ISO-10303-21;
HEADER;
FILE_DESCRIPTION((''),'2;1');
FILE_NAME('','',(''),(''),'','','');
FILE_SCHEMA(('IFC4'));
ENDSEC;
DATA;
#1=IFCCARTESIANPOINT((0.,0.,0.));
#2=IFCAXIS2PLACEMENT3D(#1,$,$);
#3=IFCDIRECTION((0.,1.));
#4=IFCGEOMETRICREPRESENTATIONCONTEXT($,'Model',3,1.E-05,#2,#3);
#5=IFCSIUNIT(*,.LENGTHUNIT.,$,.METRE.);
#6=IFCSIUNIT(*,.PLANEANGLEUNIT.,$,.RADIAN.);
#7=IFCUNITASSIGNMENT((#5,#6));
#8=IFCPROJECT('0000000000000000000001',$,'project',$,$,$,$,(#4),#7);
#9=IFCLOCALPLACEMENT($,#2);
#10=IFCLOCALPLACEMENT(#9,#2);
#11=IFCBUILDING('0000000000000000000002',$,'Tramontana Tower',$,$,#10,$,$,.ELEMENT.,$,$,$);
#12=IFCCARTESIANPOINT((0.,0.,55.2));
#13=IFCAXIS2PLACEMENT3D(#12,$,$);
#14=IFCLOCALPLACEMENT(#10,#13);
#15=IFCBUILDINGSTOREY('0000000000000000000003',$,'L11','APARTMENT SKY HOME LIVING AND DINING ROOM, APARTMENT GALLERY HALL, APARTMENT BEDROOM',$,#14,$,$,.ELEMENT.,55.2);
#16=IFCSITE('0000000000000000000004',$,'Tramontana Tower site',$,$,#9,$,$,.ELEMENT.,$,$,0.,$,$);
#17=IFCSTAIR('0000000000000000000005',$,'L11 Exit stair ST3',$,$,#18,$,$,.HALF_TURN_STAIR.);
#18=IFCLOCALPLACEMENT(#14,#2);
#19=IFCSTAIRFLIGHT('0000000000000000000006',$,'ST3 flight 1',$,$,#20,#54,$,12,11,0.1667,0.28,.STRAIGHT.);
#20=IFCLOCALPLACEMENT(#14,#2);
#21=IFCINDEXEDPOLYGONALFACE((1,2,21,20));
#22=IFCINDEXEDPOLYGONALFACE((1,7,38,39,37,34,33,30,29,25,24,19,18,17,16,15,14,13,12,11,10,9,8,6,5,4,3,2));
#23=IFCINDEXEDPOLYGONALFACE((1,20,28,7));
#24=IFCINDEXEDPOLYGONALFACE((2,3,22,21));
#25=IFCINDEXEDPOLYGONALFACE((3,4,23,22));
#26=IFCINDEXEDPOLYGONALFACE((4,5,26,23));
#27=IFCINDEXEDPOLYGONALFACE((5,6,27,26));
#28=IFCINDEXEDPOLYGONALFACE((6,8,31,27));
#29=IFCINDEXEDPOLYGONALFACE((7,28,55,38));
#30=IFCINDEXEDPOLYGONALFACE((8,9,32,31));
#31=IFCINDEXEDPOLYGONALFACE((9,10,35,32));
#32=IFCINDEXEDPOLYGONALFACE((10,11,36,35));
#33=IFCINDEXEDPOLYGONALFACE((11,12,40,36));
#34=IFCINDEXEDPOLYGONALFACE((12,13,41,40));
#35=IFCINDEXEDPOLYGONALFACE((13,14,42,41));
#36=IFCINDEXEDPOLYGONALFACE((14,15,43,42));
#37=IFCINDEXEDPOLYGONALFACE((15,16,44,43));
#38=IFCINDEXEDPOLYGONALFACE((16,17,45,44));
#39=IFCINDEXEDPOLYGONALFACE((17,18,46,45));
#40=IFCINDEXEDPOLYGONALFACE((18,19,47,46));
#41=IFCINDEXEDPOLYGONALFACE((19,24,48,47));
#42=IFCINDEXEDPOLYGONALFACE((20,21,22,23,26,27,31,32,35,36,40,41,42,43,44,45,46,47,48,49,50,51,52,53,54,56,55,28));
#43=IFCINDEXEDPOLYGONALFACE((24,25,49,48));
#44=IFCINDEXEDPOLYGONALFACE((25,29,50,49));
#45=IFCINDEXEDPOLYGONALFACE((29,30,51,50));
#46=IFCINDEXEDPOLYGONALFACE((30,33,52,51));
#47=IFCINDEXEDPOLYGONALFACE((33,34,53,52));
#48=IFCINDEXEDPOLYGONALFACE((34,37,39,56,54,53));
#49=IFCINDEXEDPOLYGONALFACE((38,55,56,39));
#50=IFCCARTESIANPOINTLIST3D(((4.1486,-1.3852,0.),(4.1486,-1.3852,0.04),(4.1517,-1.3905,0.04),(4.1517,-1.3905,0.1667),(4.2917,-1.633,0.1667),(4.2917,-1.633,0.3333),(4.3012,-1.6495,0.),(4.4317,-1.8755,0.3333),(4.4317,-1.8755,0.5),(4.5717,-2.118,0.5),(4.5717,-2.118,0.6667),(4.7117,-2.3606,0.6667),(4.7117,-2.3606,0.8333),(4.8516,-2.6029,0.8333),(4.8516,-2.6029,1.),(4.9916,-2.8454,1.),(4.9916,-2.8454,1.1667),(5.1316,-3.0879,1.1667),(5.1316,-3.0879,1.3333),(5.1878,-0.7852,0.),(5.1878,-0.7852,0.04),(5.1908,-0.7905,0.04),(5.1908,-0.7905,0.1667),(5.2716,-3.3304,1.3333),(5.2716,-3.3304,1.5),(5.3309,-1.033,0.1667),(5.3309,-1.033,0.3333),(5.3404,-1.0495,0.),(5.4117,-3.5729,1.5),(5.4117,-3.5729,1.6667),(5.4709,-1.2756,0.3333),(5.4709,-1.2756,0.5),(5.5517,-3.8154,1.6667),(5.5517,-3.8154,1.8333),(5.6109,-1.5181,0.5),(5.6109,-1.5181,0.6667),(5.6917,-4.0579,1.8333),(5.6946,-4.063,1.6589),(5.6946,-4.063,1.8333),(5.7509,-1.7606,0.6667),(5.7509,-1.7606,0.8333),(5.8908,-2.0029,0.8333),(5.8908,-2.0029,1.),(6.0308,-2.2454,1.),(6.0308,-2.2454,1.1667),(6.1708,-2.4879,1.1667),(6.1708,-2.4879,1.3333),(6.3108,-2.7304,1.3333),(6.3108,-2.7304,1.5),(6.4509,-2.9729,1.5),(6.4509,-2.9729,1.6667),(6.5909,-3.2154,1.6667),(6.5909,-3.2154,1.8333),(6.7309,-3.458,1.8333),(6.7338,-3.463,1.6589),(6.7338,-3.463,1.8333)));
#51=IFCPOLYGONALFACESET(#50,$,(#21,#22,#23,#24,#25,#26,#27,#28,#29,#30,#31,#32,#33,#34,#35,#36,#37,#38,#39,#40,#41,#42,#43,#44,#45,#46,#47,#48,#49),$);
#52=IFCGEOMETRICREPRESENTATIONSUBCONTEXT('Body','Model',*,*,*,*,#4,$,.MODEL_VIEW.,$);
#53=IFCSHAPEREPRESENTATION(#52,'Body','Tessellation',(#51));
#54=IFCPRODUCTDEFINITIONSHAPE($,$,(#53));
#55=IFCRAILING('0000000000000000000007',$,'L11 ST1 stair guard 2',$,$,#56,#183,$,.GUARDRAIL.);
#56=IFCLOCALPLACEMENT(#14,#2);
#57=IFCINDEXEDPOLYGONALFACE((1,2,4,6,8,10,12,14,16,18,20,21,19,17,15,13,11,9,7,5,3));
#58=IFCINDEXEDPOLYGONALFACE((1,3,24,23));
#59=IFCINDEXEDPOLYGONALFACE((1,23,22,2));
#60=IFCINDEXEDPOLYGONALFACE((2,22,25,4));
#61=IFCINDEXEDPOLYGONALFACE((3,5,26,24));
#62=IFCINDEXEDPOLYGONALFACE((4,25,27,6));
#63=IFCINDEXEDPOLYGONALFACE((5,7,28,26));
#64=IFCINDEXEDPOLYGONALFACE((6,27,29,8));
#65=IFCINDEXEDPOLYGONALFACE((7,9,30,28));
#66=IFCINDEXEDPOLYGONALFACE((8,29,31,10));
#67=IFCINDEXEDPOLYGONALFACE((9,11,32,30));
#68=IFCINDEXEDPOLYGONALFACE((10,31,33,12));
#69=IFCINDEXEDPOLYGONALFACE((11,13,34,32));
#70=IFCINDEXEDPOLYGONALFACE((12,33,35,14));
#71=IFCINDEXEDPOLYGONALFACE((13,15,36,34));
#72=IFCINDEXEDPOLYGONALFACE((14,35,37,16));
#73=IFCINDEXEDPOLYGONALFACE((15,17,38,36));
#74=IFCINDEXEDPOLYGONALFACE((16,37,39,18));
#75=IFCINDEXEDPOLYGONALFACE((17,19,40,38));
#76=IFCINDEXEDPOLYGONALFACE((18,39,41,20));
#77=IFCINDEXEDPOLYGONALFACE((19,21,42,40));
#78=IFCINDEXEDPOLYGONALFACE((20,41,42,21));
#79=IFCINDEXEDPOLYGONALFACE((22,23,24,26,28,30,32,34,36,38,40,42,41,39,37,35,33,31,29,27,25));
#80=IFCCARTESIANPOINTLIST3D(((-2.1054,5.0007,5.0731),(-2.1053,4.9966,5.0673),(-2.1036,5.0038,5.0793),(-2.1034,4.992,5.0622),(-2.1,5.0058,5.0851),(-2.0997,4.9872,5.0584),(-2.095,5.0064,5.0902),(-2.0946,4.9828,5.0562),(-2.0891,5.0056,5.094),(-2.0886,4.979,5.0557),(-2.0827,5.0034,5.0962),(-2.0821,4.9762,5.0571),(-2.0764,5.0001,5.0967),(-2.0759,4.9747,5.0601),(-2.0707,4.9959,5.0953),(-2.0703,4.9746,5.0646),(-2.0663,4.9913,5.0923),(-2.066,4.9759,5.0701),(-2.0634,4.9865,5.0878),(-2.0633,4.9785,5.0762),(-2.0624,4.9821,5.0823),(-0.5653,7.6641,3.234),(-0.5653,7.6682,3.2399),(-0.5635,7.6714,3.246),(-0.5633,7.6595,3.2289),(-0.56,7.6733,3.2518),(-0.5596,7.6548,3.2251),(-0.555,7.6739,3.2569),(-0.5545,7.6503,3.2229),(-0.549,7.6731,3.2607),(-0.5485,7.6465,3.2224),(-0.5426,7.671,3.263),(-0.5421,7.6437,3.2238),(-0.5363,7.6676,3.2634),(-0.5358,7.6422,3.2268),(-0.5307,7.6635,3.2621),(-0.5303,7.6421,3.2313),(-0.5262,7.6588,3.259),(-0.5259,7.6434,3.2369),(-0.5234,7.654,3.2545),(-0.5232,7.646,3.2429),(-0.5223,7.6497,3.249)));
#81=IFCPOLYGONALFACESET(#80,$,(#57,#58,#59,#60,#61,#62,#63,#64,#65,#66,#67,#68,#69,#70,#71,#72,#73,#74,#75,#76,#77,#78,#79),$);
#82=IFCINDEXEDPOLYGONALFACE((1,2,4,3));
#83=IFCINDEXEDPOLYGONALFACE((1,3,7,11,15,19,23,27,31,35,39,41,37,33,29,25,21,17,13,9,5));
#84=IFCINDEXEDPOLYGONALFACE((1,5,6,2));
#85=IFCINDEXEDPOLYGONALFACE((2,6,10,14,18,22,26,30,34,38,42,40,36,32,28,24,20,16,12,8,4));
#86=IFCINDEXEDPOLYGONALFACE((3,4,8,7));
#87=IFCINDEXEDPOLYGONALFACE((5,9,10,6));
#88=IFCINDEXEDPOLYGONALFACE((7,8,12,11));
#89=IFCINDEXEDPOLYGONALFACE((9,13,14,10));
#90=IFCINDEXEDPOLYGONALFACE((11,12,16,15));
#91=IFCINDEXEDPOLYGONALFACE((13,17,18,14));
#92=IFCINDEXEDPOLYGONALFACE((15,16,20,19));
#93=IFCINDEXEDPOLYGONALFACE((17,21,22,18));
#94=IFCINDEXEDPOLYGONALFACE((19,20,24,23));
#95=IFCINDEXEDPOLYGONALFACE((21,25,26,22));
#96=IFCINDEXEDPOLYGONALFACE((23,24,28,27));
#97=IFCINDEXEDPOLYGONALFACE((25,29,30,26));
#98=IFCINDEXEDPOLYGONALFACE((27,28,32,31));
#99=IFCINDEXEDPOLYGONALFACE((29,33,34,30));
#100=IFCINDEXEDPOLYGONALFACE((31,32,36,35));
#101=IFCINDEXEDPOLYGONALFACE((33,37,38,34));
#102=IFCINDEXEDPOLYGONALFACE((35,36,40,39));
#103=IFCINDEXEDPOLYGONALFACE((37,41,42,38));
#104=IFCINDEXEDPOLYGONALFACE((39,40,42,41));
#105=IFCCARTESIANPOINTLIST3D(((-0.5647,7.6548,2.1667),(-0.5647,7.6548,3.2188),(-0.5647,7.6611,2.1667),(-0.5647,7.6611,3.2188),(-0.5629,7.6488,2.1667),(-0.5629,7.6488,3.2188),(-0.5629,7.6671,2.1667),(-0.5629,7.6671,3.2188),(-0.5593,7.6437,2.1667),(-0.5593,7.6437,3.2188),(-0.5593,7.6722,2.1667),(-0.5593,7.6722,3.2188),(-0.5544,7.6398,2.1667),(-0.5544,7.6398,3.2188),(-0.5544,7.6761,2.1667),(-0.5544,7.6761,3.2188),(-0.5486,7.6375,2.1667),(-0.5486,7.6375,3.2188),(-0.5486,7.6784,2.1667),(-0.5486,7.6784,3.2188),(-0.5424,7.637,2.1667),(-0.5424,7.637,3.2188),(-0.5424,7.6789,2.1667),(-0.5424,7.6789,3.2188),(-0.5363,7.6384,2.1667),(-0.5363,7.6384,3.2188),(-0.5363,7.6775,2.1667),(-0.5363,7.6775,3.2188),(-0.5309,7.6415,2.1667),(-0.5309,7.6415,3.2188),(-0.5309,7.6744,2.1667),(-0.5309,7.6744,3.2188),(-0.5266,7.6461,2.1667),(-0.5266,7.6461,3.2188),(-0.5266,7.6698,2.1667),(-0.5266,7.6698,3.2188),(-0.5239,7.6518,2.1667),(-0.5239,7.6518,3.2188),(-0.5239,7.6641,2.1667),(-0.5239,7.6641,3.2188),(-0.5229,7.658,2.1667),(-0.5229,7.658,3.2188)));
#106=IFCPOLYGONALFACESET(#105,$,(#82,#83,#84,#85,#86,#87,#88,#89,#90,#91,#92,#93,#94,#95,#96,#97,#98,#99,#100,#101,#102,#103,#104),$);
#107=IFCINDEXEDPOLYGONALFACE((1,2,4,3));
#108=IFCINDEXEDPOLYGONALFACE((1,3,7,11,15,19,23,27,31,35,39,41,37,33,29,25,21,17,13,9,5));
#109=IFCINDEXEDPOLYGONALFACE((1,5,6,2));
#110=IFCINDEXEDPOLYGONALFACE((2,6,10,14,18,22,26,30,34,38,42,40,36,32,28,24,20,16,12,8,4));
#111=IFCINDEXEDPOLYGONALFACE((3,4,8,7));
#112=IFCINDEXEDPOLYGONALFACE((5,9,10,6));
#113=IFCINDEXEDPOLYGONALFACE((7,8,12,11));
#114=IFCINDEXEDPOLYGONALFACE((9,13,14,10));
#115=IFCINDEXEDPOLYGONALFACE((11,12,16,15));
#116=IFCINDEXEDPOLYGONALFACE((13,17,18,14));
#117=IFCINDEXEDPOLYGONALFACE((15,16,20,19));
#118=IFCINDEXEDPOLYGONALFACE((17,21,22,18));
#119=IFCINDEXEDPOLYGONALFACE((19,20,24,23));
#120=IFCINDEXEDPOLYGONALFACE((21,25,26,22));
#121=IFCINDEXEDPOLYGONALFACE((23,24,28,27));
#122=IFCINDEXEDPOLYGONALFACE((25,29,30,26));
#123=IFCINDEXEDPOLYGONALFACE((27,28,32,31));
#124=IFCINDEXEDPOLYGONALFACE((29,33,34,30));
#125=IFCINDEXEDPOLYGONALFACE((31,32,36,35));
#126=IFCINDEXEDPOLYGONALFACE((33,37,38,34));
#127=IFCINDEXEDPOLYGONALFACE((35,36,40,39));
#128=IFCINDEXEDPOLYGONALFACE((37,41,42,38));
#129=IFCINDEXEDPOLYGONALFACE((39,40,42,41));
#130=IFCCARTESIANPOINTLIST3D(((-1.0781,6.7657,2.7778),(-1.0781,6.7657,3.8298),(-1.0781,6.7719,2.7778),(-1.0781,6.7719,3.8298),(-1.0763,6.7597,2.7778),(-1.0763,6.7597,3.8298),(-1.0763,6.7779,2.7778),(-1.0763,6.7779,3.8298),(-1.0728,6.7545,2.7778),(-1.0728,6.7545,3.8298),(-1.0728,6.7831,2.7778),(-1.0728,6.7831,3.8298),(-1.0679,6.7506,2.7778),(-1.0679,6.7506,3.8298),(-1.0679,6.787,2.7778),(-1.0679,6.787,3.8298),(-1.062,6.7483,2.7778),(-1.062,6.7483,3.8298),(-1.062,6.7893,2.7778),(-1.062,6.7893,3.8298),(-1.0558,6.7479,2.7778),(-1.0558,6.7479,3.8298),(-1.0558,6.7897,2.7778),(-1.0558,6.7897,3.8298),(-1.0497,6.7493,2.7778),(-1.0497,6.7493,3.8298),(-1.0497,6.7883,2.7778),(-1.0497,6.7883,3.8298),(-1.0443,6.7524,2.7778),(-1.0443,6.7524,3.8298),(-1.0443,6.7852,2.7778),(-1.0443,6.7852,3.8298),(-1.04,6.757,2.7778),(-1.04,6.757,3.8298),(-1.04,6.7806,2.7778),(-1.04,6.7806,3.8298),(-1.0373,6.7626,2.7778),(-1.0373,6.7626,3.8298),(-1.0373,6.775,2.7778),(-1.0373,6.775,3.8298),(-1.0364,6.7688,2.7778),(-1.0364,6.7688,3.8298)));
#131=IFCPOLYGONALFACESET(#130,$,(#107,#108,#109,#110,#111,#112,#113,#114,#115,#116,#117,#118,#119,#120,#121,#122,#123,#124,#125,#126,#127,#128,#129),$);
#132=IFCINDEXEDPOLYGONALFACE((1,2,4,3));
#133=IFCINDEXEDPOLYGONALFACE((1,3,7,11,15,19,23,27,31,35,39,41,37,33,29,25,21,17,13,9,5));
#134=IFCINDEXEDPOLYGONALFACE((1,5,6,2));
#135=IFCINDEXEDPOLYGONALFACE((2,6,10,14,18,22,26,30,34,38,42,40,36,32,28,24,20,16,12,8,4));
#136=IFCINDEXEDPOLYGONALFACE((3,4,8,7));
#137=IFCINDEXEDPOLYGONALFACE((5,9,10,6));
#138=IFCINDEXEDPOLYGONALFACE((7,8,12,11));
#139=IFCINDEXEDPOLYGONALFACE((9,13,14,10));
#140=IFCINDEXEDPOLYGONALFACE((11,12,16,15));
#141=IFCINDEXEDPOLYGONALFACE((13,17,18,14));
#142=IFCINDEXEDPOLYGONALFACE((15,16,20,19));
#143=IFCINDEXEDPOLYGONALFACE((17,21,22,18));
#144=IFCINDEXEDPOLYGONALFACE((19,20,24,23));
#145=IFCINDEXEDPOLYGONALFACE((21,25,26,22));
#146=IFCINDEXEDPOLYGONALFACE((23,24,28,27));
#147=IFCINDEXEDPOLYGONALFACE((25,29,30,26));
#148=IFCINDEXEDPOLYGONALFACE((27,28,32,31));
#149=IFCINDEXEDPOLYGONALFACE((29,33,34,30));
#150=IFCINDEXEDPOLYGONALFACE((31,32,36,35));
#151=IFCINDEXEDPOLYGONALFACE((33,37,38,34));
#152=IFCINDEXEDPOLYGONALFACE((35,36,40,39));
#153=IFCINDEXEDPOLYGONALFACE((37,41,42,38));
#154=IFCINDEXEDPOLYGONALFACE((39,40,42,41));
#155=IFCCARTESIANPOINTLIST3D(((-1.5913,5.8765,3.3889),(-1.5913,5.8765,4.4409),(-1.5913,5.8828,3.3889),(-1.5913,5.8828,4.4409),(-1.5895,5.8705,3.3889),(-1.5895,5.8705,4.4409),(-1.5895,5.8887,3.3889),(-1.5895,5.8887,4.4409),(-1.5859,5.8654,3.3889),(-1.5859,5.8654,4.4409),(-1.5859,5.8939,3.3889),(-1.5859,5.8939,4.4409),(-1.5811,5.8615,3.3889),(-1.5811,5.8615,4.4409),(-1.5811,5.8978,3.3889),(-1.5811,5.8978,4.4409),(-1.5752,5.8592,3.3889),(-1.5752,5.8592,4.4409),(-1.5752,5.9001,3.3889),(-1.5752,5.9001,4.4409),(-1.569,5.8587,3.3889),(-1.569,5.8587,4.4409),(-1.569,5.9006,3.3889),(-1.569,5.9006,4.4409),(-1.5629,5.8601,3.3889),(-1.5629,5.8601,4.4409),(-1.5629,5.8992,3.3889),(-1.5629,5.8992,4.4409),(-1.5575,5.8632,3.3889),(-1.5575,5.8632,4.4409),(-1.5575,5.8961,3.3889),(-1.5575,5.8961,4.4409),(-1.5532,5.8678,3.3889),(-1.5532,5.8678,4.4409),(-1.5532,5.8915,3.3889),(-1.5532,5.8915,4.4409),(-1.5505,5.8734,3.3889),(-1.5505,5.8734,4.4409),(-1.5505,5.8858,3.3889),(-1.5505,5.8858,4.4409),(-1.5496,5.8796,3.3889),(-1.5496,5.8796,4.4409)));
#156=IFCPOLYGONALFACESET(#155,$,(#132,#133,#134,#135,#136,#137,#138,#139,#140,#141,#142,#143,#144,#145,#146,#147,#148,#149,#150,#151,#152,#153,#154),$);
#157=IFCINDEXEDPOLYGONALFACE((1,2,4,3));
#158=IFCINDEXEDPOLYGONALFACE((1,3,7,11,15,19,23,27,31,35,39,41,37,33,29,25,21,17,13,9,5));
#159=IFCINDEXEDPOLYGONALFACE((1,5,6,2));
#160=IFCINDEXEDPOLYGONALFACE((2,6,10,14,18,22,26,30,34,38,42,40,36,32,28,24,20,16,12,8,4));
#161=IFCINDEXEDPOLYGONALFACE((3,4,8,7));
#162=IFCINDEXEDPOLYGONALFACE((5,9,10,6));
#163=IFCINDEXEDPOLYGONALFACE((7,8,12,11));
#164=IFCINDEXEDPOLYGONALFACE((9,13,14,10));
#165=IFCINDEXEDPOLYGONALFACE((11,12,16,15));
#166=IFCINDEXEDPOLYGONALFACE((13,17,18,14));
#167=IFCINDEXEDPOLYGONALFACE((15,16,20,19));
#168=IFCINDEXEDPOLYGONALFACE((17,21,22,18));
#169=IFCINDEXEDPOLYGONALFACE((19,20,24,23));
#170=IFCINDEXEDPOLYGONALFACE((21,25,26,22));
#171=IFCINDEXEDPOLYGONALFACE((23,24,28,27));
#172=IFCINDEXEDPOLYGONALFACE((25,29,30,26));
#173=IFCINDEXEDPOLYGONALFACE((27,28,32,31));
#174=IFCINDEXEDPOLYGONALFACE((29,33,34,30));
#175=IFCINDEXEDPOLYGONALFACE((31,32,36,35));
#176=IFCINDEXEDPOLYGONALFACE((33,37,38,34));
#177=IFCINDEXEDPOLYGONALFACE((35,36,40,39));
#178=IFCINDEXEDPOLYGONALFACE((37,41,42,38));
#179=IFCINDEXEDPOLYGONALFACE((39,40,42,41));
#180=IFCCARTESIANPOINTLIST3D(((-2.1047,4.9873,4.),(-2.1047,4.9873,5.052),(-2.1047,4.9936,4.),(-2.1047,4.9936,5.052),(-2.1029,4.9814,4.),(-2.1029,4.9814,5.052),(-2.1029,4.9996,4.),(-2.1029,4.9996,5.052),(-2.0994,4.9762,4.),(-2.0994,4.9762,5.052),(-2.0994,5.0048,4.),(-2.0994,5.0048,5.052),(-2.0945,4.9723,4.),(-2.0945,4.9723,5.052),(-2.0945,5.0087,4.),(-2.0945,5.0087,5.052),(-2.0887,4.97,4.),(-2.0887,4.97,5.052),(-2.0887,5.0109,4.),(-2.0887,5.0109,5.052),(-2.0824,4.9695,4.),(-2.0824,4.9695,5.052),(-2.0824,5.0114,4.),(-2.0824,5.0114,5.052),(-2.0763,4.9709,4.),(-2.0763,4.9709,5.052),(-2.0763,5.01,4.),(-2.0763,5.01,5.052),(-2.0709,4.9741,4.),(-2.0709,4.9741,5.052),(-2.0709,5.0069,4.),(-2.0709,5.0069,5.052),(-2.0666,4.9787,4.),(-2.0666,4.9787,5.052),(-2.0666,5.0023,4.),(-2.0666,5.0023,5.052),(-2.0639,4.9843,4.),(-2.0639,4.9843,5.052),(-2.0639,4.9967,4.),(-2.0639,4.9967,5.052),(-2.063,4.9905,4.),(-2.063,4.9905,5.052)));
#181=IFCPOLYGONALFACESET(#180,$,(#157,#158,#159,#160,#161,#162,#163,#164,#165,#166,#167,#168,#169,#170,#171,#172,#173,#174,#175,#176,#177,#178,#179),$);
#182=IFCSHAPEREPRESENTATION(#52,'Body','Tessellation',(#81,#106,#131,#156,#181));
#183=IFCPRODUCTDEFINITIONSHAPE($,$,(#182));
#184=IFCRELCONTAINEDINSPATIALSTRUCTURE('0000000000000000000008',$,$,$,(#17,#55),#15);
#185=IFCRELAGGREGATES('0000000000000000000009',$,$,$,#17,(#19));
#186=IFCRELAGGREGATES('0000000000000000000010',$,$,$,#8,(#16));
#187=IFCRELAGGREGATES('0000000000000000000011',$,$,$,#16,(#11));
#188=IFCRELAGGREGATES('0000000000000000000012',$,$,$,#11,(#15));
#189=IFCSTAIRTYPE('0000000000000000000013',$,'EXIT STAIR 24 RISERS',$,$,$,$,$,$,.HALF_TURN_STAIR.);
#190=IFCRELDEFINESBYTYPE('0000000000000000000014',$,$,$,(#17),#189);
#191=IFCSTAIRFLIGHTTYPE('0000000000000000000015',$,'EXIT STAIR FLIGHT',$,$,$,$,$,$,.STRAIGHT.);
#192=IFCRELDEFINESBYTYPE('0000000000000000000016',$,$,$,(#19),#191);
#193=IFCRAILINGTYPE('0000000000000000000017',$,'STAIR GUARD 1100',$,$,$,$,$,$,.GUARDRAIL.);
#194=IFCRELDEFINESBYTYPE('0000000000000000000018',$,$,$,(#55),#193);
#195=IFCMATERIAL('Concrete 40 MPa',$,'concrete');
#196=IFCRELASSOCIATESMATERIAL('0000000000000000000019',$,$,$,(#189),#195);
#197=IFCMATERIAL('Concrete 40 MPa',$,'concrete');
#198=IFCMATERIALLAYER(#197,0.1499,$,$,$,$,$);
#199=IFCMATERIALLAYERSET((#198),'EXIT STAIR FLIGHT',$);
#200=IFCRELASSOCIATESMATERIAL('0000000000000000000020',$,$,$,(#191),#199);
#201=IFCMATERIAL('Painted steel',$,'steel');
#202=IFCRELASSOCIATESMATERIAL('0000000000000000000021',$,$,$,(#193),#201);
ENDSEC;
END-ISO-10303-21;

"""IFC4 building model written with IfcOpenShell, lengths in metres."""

from ifc_helpers import new_model, si_unit, direction, frame, origin, origin_2d, place, context, subcontext, project, spatial, polyline, circle, outline, extrude, material, layer, layer_set, type_object, element, aggregate, save


model = new_model("IFC4")

# Units and contexts
model_context = context("Model", 3, precision=1e-05, world=origin(), true_north=direction((0.0, 1.0)))
body_context = subcontext(model_context, "Body", "Model", "MODEL_VIEW")
ifc_project = project(units=[si_unit("LENGTHUNIT", "METRE"), si_unit("PLANEANGLEUNIT", "RADIAN")], contexts=[model_context])

# Site, building, storey
site_placement = place(None, origin())
site = spatial("IfcSite", under=ifc_project, at=site_placement, Name="Tramontana Tower site", CompositionType="ELEMENT", RefElevation=0.0)
building_placement = place(site_placement, origin())
building = spatial("IfcBuilding", under=site, at=building_placement, Name="Tramontana Tower", CompositionType="ELEMENT")
storey_placement = place(building_placement, frame((0.0, 0.0, 55.2)))
storey = spatial("IfcBuildingStorey", under=building, at=storey_placement, Name="L11", Description="APARTMENT SKY HOME LIVING AND DINING ROOM, APARTMENT GALLERY HALL, APARTMENT BEDROOM", CompositionType="ELEMENT", Elevation=55.2)

# Stair
ifc_material_1 = material(Name="Concrete 40 MPa", Category="concrete")
stair_type = type_object("IfcStairType", Name="EXIT STAIR 24 RISERS", PredefinedType="HALF_TURN_STAIR", material=ifc_material_1)
stair_1_placement = place(storey_placement, origin())
stair_1 = element("IfcStair", 1, at=stair_1_placement, inside=storey, type_object=stair_type, Name="L11 Exit stair ST3", PredefinedType="HALF_TURN_STAIR")

# Stair flight
ifc_material_2 = material(Name="Concrete 40 MPa", Category="concrete")
ifc_layer_1 = layer(ifc_material_2, 0.1499)
ifc_layer_set_1 = layer_set([ifc_layer_1], Name="EXIT STAIR FLIGHT")
stair_flight_type = type_object("IfcStairFlightType", Name="EXIT STAIR FLIGHT", PredefinedType="STRAIGHT", material=ifc_layer_set_1)
stair_flight_placement = place(storey_placement, frame((4.6711, -1.0906, 0.0), z_axis=(0.0, 0.0, 1.0), x_axis=(0.5, -0.866025, 0.0)))
stair_flight = element("IfcStairFlight", 2, at=stair_flight_placement, type_object=stair_flight_type, Name="ST3 flight 1", NumberOfRisers=12, NumberOfTreads=11, PredefinedType="STRAIGHT", RiserHeight=0.1667, TreadLength=0.28, context=body_context, shape_type="SweptSolid", body=[
    extrude(outline(polyline([(-0.0061, 0.0), (-0.0061, 0.04), (0.0, 0.04), (0.0, 0.1667), (0.28, 0.1667), (0.28, 0.3333), (0.5601, 0.3333), (0.5601, 0.5), (0.8401, 0.5), (0.8401, 0.6667), (1.1201, 0.6667), (1.1201, 0.8333), (1.3999, 0.8333), (1.3999, 1.0), (1.6799, 1.0), (1.6799, 1.1667), (1.96, 1.1667), (1.96, 1.3333), (2.24, 1.3333), (2.24, 1.5), (2.52, 1.5), (2.52, 1.6667), (2.8, 1.6667), (2.8, 1.8333), (3.0801, 1.8333), (3.0859, 1.8333), (3.0859, 1.6589), (0.2991, 0.0), (-0.0061, 0.0)])), frame((0.0, 0.6001, 0.0), z_axis=(0.0, -1.0, 0.0), x_axis=(1.0, 0.0, 0.0)), (0.0, 0.0, 1.0), 1.2),
])
aggregate(stair_1, [stair_flight])

# Railing
ifc_material_3 = material(Name="Painted steel", Category="steel")
railing_type_1 = type_object("IfcRailingType", Name="STAIR GUARD 1100", PredefinedType="GUARDRAIL", material=ifc_material_3)
railing_1_placement = place(storey_placement, frame((-0.5439, 7.658, 2.1667)))
element("IfcRailing", 3, at=railing_1_placement, inside=storey, type_object=railing_type_1, Name="L11 ST1 stair guard 2", PredefinedType="GUARDRAIL", context=body_context, shape_type="SweptSolid", body=[
    extrude(circle(Radius=0.0239, at=origin_2d()), frame((0.0, 0.0, 1.0762), z_axis=(-0.429649, -0.74419, 0.511452), x_axis=(0.86603, -0.499992, 0.0)), (0.0, 0.0, 1.0), 3.5845),
    extrude(circle(Radius=0.021, at=origin_2d()), origin(), (0.0, 0.0, 1.0), 1.052),
    extrude(circle(Radius=0.021, at=origin_2d()), frame((-0.5134, -0.8892, 0.6111)), (0.0, 0.0, 1.0), 1.052),
    extrude(circle(Radius=0.021, at=origin_2d()), frame((-1.0266, -1.7783, 1.2222)), (0.0, 0.0, 1.0), 1.052),
    extrude(circle(Radius=0.021, at=origin_2d()), frame((-1.54, -2.6675, 1.8333)), (0.0, 0.0, 1.0), 1.052),
])

save(model, "model.ifc")
